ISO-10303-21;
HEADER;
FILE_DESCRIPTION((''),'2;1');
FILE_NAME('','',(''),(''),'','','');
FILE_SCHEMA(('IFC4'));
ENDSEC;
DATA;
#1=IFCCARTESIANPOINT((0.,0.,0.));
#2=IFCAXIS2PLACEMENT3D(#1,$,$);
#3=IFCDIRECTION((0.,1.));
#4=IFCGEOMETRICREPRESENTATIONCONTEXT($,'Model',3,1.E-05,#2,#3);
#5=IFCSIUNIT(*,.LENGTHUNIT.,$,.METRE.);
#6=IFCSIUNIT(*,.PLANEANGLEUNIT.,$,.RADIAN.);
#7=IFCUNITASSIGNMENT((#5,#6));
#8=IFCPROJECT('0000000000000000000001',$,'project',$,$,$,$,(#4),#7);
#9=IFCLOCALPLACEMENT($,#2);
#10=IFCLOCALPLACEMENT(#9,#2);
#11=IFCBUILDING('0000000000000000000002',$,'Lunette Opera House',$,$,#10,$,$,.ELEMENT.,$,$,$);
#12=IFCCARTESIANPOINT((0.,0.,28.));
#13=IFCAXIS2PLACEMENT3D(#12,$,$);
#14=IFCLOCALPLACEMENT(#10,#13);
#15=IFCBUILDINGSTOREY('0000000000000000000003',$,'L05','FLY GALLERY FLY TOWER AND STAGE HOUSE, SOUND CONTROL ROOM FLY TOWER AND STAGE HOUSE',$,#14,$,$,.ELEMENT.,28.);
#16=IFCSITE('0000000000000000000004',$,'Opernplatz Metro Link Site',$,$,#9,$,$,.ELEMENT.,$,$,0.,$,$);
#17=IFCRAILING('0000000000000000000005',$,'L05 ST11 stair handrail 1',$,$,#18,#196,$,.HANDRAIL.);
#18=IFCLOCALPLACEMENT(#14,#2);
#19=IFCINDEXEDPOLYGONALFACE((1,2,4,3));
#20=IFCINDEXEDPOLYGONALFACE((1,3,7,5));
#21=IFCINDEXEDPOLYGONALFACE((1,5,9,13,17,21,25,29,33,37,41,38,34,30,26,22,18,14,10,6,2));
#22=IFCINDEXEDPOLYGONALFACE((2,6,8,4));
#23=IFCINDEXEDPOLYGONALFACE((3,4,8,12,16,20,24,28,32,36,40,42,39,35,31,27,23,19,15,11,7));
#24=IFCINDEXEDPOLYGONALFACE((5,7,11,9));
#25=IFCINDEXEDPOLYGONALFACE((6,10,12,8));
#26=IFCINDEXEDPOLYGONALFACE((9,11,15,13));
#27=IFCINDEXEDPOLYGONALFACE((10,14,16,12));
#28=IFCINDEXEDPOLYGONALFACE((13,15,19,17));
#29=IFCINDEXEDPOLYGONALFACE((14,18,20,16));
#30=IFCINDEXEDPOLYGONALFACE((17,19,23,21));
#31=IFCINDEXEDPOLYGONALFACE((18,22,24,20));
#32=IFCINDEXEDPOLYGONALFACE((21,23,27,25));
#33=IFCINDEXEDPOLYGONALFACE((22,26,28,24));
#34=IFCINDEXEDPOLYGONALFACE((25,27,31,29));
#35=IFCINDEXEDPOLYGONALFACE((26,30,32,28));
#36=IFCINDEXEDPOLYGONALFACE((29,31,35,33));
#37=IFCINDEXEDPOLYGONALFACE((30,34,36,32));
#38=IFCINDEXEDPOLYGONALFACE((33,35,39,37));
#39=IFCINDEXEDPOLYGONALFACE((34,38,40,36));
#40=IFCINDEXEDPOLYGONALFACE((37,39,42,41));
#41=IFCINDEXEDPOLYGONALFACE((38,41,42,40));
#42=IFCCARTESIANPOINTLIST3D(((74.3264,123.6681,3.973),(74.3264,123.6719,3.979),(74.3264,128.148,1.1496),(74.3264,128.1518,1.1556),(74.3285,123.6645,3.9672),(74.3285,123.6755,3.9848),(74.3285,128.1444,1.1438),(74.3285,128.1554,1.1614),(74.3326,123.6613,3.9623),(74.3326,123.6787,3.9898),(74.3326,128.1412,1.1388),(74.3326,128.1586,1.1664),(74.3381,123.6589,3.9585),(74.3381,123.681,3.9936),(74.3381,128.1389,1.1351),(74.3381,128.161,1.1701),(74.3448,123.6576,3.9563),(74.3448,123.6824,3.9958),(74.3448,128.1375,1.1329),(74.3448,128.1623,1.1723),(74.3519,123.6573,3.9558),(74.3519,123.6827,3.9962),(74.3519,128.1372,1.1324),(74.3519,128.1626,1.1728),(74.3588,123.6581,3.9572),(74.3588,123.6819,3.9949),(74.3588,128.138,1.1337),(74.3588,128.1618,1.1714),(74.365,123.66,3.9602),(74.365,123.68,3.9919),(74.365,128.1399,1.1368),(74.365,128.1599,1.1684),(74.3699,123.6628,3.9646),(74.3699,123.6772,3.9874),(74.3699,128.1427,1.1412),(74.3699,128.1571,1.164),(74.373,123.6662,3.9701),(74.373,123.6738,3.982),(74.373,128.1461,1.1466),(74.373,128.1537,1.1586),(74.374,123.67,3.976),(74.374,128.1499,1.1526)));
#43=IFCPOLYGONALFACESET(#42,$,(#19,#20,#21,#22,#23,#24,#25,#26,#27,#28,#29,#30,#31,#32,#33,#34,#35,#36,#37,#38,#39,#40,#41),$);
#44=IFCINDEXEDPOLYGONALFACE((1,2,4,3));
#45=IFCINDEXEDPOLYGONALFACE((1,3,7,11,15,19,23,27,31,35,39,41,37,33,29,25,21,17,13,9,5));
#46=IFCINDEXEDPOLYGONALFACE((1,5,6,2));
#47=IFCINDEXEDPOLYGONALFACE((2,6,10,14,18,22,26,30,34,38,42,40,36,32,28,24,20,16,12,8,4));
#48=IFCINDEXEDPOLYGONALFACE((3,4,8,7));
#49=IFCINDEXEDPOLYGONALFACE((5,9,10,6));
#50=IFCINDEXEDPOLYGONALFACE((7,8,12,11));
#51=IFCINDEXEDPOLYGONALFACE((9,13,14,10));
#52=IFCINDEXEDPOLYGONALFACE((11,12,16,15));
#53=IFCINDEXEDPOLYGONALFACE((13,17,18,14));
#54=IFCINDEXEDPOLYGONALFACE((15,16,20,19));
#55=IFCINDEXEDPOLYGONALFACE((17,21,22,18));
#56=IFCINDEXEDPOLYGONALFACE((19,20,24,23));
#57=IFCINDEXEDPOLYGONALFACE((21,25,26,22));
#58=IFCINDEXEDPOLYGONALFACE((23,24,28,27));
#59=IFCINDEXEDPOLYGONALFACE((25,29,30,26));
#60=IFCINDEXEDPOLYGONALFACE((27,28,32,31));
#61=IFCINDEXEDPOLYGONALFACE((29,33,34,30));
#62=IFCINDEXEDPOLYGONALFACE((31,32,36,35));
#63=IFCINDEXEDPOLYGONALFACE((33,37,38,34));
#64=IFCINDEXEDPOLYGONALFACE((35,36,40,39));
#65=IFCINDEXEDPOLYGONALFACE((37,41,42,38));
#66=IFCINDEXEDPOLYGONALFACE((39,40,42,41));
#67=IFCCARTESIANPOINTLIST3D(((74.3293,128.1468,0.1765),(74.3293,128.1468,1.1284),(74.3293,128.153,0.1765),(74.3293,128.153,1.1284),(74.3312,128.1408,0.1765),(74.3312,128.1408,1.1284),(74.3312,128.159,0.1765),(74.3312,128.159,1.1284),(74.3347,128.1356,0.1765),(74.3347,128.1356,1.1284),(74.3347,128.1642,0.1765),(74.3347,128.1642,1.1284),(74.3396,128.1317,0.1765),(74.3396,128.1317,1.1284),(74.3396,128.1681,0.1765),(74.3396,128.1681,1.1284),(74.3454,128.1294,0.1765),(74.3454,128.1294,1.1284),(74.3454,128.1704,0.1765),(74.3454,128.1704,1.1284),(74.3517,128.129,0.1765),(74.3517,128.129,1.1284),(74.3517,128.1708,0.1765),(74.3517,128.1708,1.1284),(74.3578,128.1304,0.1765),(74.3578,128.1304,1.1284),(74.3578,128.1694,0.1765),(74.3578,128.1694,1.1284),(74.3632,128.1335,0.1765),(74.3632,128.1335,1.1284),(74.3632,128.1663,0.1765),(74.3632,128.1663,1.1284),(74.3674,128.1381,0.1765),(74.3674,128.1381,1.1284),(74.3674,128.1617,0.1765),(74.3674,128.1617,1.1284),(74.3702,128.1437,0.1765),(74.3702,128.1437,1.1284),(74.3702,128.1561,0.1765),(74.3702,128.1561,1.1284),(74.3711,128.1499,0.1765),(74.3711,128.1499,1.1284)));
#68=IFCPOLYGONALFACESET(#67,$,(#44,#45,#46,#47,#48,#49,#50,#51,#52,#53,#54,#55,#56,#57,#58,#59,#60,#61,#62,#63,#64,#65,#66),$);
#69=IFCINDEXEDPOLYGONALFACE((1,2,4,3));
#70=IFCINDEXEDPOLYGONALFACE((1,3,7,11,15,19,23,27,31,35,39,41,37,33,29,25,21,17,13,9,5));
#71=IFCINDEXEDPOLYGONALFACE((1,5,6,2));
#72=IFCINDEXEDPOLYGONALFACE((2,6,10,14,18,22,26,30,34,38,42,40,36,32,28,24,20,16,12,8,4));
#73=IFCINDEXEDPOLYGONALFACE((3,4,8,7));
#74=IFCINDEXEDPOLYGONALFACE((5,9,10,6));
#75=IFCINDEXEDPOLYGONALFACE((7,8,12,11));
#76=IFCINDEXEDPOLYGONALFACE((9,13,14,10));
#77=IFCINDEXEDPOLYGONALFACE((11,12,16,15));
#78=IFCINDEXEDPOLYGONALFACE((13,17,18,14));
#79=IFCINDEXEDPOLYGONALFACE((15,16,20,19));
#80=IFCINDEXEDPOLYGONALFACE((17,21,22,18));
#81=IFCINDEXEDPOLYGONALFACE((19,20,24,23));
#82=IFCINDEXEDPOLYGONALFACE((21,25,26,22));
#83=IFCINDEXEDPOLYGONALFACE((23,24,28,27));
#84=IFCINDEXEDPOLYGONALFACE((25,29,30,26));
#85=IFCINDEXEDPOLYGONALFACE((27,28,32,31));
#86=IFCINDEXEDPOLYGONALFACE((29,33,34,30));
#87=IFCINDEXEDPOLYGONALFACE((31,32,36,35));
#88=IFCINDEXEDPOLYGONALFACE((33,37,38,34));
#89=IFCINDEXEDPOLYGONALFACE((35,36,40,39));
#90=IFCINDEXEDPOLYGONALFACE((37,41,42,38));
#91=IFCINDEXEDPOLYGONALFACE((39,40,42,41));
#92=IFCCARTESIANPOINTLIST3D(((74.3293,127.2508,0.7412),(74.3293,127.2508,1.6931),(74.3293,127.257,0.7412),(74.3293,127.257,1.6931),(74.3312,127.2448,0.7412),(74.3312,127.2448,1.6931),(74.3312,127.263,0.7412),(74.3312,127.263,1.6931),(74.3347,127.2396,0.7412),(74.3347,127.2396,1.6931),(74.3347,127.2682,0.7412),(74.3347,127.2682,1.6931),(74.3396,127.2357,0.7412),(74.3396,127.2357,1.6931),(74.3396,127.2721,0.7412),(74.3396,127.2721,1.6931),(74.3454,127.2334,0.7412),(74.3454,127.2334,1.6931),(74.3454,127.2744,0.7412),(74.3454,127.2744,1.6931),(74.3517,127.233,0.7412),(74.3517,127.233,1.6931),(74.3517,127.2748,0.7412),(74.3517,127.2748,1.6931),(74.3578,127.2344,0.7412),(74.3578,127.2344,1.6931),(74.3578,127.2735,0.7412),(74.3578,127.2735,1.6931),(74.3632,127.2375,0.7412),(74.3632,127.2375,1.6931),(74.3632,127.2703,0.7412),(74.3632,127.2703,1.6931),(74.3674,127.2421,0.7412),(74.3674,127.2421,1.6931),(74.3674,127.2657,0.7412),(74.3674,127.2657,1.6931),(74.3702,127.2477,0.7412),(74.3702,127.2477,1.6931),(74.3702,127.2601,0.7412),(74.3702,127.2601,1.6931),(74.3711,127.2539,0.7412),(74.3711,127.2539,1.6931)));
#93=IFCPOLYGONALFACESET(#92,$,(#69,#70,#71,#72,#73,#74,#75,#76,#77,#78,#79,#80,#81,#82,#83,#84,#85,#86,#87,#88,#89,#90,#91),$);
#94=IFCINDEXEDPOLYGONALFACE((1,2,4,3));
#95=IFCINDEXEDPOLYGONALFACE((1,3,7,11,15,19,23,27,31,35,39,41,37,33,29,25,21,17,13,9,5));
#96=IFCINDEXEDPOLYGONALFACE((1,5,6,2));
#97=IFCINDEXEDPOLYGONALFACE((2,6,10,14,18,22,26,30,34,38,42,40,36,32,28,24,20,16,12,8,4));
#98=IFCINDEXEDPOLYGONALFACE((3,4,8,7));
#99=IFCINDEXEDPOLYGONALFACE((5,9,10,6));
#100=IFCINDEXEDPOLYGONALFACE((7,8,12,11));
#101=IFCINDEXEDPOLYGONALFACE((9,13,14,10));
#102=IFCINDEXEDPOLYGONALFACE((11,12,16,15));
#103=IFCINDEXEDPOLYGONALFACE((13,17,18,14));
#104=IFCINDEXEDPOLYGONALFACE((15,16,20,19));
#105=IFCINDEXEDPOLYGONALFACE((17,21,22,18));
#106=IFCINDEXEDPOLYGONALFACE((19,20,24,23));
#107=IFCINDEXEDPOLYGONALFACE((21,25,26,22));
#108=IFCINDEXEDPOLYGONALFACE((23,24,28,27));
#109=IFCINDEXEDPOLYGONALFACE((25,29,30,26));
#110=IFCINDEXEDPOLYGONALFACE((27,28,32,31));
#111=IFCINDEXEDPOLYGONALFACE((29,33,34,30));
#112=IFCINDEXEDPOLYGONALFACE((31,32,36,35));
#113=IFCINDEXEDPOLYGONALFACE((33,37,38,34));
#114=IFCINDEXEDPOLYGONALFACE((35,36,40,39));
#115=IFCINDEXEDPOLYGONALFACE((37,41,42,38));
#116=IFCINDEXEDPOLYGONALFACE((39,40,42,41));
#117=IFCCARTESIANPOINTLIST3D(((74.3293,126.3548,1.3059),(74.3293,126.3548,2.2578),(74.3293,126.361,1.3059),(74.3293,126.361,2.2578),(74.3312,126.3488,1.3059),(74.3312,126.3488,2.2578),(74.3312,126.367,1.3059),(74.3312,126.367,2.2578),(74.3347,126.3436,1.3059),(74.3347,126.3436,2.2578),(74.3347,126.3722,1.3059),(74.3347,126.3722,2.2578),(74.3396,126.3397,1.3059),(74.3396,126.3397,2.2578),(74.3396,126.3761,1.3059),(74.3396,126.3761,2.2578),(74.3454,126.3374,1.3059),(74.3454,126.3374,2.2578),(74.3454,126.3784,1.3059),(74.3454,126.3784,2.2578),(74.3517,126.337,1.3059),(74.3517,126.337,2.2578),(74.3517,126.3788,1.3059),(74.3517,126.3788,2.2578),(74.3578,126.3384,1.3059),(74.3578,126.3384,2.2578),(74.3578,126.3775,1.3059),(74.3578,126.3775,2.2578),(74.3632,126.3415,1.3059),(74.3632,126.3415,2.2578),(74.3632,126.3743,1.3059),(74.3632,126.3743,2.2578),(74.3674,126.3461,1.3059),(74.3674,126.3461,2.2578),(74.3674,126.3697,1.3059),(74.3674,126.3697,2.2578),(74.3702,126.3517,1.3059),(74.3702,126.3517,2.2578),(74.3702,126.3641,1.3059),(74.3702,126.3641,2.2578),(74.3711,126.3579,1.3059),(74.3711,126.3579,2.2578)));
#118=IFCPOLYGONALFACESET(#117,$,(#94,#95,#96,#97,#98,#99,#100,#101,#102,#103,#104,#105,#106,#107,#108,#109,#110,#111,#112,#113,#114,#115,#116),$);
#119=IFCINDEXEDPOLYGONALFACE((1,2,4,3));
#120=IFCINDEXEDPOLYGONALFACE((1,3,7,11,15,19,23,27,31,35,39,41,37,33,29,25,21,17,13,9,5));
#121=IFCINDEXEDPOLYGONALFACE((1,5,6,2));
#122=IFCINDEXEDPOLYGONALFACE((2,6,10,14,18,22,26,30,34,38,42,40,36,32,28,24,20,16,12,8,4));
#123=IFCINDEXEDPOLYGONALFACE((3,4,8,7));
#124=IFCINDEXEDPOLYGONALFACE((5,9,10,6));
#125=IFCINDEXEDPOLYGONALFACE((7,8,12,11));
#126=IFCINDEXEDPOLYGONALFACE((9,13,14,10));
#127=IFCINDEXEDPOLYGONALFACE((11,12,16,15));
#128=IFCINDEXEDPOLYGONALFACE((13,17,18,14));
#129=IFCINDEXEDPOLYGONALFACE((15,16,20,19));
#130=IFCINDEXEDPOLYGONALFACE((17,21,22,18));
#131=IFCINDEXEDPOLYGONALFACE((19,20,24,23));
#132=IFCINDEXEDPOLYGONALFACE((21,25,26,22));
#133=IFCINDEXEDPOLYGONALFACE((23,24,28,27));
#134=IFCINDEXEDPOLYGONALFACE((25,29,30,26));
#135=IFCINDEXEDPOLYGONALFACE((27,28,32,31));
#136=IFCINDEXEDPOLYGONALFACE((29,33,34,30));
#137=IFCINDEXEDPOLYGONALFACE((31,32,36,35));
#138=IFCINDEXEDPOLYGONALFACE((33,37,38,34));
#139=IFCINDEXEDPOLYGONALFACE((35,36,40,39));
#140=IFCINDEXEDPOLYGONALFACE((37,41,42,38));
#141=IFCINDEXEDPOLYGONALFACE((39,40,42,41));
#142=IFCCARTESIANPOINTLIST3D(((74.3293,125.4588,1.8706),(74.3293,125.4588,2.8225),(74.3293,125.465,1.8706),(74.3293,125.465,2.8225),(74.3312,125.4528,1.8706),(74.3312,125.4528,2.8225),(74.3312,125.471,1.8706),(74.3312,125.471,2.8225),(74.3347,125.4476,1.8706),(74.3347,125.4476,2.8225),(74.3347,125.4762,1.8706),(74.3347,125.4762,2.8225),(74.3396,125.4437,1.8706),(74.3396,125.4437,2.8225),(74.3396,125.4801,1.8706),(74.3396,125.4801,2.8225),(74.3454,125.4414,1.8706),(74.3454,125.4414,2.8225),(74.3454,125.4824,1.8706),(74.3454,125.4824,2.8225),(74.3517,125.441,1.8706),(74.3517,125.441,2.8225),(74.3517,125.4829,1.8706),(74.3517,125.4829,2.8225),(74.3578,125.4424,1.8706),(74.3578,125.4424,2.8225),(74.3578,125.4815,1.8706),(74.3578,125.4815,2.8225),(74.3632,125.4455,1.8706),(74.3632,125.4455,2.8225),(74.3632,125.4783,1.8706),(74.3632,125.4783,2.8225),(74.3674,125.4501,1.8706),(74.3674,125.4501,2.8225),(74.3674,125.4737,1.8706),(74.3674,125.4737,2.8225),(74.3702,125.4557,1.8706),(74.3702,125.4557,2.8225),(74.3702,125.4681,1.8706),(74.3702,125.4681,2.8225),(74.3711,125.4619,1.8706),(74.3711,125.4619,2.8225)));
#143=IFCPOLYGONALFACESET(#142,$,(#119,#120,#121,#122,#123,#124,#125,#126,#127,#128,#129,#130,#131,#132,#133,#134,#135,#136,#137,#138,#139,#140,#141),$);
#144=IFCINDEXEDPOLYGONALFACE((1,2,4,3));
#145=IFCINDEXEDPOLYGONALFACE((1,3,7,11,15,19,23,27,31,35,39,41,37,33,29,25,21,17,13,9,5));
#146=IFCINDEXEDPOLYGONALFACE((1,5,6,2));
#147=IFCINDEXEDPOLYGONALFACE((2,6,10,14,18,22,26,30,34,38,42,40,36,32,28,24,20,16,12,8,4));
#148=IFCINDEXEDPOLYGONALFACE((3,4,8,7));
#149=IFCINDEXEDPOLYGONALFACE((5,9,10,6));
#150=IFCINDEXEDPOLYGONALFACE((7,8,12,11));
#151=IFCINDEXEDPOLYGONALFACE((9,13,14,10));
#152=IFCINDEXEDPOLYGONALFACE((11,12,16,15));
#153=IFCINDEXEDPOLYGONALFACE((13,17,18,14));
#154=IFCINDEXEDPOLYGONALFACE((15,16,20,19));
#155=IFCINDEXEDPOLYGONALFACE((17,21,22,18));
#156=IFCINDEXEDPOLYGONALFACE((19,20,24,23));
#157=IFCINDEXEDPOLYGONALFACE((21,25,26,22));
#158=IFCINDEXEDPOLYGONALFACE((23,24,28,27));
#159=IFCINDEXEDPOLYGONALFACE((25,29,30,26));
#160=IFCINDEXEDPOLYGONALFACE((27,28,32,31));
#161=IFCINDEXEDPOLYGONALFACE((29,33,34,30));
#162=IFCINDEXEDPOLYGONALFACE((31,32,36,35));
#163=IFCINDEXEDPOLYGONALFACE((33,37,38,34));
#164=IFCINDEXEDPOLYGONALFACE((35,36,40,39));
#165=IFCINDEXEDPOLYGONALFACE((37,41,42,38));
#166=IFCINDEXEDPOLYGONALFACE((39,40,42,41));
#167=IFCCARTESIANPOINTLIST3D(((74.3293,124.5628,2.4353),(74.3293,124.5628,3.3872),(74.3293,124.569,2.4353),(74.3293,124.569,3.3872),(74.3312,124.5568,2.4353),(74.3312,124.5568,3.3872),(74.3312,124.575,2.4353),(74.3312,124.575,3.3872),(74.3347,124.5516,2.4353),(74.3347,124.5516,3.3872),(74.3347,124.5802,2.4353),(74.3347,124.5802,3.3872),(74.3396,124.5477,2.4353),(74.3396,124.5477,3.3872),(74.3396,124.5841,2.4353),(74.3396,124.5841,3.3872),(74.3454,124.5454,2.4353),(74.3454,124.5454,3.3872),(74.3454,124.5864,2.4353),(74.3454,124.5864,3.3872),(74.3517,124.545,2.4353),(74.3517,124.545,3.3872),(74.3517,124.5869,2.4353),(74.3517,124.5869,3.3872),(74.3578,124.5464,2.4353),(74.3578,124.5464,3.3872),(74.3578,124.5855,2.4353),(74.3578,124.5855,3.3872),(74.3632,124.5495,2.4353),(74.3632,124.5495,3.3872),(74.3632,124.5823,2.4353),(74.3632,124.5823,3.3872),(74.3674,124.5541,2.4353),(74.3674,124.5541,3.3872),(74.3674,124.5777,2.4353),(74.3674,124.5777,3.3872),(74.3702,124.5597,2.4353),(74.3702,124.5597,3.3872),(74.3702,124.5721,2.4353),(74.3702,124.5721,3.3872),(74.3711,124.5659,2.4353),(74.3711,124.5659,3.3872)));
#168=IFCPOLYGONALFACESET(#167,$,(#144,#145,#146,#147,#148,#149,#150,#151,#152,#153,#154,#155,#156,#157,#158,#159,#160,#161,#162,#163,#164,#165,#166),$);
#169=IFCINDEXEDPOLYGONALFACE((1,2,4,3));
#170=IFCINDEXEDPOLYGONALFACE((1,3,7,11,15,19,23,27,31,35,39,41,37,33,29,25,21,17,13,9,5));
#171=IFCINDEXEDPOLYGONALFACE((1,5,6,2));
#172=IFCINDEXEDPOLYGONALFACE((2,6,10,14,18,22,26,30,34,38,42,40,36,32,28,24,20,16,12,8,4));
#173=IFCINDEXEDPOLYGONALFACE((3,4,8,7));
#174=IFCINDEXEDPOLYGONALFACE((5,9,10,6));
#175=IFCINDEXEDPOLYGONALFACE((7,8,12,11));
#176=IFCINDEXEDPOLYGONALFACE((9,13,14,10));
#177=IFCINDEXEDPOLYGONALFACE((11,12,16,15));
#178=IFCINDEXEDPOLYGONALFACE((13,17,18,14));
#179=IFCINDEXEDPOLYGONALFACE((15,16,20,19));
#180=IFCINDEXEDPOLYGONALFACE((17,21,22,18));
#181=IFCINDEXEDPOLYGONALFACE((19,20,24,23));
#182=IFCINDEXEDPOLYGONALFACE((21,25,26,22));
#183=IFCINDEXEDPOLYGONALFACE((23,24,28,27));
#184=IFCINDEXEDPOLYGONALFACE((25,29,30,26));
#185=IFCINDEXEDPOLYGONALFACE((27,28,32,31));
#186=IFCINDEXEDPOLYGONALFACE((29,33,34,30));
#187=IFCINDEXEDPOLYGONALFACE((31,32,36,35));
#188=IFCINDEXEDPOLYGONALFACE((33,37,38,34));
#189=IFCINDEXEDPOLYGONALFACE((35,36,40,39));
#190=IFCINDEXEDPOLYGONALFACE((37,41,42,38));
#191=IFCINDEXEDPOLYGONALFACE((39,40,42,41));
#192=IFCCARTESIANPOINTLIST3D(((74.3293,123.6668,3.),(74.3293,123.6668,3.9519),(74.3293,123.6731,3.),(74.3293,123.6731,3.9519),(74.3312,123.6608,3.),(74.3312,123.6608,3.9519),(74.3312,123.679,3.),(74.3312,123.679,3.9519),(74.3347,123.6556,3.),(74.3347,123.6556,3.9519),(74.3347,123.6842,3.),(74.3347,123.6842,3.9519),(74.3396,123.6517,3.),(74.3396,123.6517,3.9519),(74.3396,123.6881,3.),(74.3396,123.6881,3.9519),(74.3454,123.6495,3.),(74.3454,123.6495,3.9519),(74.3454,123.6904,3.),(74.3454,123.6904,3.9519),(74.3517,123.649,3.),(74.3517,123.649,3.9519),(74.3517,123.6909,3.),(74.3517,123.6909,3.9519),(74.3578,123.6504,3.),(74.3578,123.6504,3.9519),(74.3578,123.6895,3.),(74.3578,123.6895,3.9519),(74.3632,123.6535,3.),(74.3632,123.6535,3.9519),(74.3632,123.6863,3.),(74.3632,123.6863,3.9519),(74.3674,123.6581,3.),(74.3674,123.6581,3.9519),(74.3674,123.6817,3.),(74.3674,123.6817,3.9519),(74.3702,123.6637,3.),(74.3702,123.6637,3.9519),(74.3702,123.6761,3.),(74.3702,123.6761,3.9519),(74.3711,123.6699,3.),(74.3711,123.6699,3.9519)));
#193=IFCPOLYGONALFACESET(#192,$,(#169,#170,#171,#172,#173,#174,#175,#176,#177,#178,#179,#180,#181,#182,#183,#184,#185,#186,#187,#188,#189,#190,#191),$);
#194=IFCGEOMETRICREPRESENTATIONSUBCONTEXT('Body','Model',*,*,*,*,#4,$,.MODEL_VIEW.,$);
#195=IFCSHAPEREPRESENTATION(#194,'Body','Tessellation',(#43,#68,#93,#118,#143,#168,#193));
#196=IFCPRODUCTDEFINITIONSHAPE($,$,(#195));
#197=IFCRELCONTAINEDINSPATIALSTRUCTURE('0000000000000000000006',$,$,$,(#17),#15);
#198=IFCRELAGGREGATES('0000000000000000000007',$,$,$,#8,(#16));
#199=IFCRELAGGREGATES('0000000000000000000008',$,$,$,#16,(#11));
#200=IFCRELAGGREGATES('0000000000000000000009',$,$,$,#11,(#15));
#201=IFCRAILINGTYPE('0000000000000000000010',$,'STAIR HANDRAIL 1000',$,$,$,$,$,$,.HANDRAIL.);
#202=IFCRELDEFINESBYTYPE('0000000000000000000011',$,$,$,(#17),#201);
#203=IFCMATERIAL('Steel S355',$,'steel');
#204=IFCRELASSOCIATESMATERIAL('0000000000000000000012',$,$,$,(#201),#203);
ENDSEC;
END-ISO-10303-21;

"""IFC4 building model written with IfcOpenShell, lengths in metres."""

from ifc_helpers import new_model, si_unit, direction, frame, origin, origin_2d, place, context, subcontext, project, spatial, circle, extrude, material, type_object, element, save


model = new_model("IFC4")

# Units and contexts
model_context = context("Model", 3, precision=1e-05, world=origin(), true_north=direction((0.0, 1.0)))
body_context = subcontext(model_context, "Body", "Model", "MODEL_VIEW")
ifc_project = project(units=[si_unit("LENGTHUNIT", "METRE"), si_unit("PLANEANGLEUNIT", "RADIAN")], contexts=[model_context])

# Site, building, storey
site_placement = place(None, origin())
site = spatial("IfcSite", under=ifc_project, at=site_placement, Name="Opernplatz Metro Link Site", CompositionType="ELEMENT", RefElevation=0.0)
building_placement = place(site_placement, origin())
building = spatial("IfcBuilding", under=site, at=building_placement, Name="Lunette Opera House", CompositionType="ELEMENT")
storey_placement = place(building_placement, frame((0.0, 0.0, 28.0)))
storey = spatial("IfcBuildingStorey", under=building, at=storey_placement, Name="L05", Description="FLY GALLERY FLY TOWER AND STAGE HOUSE, SOUND CONTROL ROOM FLY TOWER AND STAGE HOUSE", CompositionType="ELEMENT", Elevation=28.0)

# Railing
ifc_material_1 = material(Name="Steel S355", Category="steel")
railing_type_1 = type_object("IfcRailingType", Name="STAIR HANDRAIL 1000", PredefinedType="HANDRAIL", material=ifc_material_1)
railing_1_placement = place(storey_placement, frame((74.3501, 128.1499, 0.1765)))
element("IfcRailing", 1, at=railing_1_placement, inside=storey, type_object=railing_type_1, Name="L05 ST11 stair handrail 1", PredefinedType="HANDRAIL", context=body_context, shape_type="SweptSolid", body=[
    extrude(circle(Radius=0.0239, at=origin_2d()), frame((0.0, 0.0, 0.9761), z_axis=(0.0, -0.845998, 0.533186), x_axis=(1.0, 0.0, 0.0)), (0.0, 0.0, 1.0), 5.2954),
    extrude(circle(Radius=0.021, at=origin_2d()), origin(), (0.0, 0.0, 1.0), 0.9519),
    extrude(circle(Radius=0.021, at=origin_2d()), frame((0.0, -0.896, 0.5647)), (0.0, 0.0, 1.0), 0.9519),
    extrude(circle(Radius=0.021, at=origin_2d()), frame((0.0, -1.792, 1.1294)), (0.0, 0.0, 1.0), 0.9519),
    extrude(circle(Radius=0.021, at=origin_2d()), frame((0.0, -2.688, 1.6941)), (0.0, 0.0, 1.0), 0.9519),
    extrude(circle(Radius=0.021, at=origin_2d()), frame((0.0, -3.584, 2.2588)), (0.0, 0.0, 1.0), 0.9519),
    extrude(circle(Radius=0.021, at=origin_2d()), frame((0.0, -4.48, 2.8235)), (0.0, 0.0, 1.0), 0.9519),
])

save(model, "model.ifc")
